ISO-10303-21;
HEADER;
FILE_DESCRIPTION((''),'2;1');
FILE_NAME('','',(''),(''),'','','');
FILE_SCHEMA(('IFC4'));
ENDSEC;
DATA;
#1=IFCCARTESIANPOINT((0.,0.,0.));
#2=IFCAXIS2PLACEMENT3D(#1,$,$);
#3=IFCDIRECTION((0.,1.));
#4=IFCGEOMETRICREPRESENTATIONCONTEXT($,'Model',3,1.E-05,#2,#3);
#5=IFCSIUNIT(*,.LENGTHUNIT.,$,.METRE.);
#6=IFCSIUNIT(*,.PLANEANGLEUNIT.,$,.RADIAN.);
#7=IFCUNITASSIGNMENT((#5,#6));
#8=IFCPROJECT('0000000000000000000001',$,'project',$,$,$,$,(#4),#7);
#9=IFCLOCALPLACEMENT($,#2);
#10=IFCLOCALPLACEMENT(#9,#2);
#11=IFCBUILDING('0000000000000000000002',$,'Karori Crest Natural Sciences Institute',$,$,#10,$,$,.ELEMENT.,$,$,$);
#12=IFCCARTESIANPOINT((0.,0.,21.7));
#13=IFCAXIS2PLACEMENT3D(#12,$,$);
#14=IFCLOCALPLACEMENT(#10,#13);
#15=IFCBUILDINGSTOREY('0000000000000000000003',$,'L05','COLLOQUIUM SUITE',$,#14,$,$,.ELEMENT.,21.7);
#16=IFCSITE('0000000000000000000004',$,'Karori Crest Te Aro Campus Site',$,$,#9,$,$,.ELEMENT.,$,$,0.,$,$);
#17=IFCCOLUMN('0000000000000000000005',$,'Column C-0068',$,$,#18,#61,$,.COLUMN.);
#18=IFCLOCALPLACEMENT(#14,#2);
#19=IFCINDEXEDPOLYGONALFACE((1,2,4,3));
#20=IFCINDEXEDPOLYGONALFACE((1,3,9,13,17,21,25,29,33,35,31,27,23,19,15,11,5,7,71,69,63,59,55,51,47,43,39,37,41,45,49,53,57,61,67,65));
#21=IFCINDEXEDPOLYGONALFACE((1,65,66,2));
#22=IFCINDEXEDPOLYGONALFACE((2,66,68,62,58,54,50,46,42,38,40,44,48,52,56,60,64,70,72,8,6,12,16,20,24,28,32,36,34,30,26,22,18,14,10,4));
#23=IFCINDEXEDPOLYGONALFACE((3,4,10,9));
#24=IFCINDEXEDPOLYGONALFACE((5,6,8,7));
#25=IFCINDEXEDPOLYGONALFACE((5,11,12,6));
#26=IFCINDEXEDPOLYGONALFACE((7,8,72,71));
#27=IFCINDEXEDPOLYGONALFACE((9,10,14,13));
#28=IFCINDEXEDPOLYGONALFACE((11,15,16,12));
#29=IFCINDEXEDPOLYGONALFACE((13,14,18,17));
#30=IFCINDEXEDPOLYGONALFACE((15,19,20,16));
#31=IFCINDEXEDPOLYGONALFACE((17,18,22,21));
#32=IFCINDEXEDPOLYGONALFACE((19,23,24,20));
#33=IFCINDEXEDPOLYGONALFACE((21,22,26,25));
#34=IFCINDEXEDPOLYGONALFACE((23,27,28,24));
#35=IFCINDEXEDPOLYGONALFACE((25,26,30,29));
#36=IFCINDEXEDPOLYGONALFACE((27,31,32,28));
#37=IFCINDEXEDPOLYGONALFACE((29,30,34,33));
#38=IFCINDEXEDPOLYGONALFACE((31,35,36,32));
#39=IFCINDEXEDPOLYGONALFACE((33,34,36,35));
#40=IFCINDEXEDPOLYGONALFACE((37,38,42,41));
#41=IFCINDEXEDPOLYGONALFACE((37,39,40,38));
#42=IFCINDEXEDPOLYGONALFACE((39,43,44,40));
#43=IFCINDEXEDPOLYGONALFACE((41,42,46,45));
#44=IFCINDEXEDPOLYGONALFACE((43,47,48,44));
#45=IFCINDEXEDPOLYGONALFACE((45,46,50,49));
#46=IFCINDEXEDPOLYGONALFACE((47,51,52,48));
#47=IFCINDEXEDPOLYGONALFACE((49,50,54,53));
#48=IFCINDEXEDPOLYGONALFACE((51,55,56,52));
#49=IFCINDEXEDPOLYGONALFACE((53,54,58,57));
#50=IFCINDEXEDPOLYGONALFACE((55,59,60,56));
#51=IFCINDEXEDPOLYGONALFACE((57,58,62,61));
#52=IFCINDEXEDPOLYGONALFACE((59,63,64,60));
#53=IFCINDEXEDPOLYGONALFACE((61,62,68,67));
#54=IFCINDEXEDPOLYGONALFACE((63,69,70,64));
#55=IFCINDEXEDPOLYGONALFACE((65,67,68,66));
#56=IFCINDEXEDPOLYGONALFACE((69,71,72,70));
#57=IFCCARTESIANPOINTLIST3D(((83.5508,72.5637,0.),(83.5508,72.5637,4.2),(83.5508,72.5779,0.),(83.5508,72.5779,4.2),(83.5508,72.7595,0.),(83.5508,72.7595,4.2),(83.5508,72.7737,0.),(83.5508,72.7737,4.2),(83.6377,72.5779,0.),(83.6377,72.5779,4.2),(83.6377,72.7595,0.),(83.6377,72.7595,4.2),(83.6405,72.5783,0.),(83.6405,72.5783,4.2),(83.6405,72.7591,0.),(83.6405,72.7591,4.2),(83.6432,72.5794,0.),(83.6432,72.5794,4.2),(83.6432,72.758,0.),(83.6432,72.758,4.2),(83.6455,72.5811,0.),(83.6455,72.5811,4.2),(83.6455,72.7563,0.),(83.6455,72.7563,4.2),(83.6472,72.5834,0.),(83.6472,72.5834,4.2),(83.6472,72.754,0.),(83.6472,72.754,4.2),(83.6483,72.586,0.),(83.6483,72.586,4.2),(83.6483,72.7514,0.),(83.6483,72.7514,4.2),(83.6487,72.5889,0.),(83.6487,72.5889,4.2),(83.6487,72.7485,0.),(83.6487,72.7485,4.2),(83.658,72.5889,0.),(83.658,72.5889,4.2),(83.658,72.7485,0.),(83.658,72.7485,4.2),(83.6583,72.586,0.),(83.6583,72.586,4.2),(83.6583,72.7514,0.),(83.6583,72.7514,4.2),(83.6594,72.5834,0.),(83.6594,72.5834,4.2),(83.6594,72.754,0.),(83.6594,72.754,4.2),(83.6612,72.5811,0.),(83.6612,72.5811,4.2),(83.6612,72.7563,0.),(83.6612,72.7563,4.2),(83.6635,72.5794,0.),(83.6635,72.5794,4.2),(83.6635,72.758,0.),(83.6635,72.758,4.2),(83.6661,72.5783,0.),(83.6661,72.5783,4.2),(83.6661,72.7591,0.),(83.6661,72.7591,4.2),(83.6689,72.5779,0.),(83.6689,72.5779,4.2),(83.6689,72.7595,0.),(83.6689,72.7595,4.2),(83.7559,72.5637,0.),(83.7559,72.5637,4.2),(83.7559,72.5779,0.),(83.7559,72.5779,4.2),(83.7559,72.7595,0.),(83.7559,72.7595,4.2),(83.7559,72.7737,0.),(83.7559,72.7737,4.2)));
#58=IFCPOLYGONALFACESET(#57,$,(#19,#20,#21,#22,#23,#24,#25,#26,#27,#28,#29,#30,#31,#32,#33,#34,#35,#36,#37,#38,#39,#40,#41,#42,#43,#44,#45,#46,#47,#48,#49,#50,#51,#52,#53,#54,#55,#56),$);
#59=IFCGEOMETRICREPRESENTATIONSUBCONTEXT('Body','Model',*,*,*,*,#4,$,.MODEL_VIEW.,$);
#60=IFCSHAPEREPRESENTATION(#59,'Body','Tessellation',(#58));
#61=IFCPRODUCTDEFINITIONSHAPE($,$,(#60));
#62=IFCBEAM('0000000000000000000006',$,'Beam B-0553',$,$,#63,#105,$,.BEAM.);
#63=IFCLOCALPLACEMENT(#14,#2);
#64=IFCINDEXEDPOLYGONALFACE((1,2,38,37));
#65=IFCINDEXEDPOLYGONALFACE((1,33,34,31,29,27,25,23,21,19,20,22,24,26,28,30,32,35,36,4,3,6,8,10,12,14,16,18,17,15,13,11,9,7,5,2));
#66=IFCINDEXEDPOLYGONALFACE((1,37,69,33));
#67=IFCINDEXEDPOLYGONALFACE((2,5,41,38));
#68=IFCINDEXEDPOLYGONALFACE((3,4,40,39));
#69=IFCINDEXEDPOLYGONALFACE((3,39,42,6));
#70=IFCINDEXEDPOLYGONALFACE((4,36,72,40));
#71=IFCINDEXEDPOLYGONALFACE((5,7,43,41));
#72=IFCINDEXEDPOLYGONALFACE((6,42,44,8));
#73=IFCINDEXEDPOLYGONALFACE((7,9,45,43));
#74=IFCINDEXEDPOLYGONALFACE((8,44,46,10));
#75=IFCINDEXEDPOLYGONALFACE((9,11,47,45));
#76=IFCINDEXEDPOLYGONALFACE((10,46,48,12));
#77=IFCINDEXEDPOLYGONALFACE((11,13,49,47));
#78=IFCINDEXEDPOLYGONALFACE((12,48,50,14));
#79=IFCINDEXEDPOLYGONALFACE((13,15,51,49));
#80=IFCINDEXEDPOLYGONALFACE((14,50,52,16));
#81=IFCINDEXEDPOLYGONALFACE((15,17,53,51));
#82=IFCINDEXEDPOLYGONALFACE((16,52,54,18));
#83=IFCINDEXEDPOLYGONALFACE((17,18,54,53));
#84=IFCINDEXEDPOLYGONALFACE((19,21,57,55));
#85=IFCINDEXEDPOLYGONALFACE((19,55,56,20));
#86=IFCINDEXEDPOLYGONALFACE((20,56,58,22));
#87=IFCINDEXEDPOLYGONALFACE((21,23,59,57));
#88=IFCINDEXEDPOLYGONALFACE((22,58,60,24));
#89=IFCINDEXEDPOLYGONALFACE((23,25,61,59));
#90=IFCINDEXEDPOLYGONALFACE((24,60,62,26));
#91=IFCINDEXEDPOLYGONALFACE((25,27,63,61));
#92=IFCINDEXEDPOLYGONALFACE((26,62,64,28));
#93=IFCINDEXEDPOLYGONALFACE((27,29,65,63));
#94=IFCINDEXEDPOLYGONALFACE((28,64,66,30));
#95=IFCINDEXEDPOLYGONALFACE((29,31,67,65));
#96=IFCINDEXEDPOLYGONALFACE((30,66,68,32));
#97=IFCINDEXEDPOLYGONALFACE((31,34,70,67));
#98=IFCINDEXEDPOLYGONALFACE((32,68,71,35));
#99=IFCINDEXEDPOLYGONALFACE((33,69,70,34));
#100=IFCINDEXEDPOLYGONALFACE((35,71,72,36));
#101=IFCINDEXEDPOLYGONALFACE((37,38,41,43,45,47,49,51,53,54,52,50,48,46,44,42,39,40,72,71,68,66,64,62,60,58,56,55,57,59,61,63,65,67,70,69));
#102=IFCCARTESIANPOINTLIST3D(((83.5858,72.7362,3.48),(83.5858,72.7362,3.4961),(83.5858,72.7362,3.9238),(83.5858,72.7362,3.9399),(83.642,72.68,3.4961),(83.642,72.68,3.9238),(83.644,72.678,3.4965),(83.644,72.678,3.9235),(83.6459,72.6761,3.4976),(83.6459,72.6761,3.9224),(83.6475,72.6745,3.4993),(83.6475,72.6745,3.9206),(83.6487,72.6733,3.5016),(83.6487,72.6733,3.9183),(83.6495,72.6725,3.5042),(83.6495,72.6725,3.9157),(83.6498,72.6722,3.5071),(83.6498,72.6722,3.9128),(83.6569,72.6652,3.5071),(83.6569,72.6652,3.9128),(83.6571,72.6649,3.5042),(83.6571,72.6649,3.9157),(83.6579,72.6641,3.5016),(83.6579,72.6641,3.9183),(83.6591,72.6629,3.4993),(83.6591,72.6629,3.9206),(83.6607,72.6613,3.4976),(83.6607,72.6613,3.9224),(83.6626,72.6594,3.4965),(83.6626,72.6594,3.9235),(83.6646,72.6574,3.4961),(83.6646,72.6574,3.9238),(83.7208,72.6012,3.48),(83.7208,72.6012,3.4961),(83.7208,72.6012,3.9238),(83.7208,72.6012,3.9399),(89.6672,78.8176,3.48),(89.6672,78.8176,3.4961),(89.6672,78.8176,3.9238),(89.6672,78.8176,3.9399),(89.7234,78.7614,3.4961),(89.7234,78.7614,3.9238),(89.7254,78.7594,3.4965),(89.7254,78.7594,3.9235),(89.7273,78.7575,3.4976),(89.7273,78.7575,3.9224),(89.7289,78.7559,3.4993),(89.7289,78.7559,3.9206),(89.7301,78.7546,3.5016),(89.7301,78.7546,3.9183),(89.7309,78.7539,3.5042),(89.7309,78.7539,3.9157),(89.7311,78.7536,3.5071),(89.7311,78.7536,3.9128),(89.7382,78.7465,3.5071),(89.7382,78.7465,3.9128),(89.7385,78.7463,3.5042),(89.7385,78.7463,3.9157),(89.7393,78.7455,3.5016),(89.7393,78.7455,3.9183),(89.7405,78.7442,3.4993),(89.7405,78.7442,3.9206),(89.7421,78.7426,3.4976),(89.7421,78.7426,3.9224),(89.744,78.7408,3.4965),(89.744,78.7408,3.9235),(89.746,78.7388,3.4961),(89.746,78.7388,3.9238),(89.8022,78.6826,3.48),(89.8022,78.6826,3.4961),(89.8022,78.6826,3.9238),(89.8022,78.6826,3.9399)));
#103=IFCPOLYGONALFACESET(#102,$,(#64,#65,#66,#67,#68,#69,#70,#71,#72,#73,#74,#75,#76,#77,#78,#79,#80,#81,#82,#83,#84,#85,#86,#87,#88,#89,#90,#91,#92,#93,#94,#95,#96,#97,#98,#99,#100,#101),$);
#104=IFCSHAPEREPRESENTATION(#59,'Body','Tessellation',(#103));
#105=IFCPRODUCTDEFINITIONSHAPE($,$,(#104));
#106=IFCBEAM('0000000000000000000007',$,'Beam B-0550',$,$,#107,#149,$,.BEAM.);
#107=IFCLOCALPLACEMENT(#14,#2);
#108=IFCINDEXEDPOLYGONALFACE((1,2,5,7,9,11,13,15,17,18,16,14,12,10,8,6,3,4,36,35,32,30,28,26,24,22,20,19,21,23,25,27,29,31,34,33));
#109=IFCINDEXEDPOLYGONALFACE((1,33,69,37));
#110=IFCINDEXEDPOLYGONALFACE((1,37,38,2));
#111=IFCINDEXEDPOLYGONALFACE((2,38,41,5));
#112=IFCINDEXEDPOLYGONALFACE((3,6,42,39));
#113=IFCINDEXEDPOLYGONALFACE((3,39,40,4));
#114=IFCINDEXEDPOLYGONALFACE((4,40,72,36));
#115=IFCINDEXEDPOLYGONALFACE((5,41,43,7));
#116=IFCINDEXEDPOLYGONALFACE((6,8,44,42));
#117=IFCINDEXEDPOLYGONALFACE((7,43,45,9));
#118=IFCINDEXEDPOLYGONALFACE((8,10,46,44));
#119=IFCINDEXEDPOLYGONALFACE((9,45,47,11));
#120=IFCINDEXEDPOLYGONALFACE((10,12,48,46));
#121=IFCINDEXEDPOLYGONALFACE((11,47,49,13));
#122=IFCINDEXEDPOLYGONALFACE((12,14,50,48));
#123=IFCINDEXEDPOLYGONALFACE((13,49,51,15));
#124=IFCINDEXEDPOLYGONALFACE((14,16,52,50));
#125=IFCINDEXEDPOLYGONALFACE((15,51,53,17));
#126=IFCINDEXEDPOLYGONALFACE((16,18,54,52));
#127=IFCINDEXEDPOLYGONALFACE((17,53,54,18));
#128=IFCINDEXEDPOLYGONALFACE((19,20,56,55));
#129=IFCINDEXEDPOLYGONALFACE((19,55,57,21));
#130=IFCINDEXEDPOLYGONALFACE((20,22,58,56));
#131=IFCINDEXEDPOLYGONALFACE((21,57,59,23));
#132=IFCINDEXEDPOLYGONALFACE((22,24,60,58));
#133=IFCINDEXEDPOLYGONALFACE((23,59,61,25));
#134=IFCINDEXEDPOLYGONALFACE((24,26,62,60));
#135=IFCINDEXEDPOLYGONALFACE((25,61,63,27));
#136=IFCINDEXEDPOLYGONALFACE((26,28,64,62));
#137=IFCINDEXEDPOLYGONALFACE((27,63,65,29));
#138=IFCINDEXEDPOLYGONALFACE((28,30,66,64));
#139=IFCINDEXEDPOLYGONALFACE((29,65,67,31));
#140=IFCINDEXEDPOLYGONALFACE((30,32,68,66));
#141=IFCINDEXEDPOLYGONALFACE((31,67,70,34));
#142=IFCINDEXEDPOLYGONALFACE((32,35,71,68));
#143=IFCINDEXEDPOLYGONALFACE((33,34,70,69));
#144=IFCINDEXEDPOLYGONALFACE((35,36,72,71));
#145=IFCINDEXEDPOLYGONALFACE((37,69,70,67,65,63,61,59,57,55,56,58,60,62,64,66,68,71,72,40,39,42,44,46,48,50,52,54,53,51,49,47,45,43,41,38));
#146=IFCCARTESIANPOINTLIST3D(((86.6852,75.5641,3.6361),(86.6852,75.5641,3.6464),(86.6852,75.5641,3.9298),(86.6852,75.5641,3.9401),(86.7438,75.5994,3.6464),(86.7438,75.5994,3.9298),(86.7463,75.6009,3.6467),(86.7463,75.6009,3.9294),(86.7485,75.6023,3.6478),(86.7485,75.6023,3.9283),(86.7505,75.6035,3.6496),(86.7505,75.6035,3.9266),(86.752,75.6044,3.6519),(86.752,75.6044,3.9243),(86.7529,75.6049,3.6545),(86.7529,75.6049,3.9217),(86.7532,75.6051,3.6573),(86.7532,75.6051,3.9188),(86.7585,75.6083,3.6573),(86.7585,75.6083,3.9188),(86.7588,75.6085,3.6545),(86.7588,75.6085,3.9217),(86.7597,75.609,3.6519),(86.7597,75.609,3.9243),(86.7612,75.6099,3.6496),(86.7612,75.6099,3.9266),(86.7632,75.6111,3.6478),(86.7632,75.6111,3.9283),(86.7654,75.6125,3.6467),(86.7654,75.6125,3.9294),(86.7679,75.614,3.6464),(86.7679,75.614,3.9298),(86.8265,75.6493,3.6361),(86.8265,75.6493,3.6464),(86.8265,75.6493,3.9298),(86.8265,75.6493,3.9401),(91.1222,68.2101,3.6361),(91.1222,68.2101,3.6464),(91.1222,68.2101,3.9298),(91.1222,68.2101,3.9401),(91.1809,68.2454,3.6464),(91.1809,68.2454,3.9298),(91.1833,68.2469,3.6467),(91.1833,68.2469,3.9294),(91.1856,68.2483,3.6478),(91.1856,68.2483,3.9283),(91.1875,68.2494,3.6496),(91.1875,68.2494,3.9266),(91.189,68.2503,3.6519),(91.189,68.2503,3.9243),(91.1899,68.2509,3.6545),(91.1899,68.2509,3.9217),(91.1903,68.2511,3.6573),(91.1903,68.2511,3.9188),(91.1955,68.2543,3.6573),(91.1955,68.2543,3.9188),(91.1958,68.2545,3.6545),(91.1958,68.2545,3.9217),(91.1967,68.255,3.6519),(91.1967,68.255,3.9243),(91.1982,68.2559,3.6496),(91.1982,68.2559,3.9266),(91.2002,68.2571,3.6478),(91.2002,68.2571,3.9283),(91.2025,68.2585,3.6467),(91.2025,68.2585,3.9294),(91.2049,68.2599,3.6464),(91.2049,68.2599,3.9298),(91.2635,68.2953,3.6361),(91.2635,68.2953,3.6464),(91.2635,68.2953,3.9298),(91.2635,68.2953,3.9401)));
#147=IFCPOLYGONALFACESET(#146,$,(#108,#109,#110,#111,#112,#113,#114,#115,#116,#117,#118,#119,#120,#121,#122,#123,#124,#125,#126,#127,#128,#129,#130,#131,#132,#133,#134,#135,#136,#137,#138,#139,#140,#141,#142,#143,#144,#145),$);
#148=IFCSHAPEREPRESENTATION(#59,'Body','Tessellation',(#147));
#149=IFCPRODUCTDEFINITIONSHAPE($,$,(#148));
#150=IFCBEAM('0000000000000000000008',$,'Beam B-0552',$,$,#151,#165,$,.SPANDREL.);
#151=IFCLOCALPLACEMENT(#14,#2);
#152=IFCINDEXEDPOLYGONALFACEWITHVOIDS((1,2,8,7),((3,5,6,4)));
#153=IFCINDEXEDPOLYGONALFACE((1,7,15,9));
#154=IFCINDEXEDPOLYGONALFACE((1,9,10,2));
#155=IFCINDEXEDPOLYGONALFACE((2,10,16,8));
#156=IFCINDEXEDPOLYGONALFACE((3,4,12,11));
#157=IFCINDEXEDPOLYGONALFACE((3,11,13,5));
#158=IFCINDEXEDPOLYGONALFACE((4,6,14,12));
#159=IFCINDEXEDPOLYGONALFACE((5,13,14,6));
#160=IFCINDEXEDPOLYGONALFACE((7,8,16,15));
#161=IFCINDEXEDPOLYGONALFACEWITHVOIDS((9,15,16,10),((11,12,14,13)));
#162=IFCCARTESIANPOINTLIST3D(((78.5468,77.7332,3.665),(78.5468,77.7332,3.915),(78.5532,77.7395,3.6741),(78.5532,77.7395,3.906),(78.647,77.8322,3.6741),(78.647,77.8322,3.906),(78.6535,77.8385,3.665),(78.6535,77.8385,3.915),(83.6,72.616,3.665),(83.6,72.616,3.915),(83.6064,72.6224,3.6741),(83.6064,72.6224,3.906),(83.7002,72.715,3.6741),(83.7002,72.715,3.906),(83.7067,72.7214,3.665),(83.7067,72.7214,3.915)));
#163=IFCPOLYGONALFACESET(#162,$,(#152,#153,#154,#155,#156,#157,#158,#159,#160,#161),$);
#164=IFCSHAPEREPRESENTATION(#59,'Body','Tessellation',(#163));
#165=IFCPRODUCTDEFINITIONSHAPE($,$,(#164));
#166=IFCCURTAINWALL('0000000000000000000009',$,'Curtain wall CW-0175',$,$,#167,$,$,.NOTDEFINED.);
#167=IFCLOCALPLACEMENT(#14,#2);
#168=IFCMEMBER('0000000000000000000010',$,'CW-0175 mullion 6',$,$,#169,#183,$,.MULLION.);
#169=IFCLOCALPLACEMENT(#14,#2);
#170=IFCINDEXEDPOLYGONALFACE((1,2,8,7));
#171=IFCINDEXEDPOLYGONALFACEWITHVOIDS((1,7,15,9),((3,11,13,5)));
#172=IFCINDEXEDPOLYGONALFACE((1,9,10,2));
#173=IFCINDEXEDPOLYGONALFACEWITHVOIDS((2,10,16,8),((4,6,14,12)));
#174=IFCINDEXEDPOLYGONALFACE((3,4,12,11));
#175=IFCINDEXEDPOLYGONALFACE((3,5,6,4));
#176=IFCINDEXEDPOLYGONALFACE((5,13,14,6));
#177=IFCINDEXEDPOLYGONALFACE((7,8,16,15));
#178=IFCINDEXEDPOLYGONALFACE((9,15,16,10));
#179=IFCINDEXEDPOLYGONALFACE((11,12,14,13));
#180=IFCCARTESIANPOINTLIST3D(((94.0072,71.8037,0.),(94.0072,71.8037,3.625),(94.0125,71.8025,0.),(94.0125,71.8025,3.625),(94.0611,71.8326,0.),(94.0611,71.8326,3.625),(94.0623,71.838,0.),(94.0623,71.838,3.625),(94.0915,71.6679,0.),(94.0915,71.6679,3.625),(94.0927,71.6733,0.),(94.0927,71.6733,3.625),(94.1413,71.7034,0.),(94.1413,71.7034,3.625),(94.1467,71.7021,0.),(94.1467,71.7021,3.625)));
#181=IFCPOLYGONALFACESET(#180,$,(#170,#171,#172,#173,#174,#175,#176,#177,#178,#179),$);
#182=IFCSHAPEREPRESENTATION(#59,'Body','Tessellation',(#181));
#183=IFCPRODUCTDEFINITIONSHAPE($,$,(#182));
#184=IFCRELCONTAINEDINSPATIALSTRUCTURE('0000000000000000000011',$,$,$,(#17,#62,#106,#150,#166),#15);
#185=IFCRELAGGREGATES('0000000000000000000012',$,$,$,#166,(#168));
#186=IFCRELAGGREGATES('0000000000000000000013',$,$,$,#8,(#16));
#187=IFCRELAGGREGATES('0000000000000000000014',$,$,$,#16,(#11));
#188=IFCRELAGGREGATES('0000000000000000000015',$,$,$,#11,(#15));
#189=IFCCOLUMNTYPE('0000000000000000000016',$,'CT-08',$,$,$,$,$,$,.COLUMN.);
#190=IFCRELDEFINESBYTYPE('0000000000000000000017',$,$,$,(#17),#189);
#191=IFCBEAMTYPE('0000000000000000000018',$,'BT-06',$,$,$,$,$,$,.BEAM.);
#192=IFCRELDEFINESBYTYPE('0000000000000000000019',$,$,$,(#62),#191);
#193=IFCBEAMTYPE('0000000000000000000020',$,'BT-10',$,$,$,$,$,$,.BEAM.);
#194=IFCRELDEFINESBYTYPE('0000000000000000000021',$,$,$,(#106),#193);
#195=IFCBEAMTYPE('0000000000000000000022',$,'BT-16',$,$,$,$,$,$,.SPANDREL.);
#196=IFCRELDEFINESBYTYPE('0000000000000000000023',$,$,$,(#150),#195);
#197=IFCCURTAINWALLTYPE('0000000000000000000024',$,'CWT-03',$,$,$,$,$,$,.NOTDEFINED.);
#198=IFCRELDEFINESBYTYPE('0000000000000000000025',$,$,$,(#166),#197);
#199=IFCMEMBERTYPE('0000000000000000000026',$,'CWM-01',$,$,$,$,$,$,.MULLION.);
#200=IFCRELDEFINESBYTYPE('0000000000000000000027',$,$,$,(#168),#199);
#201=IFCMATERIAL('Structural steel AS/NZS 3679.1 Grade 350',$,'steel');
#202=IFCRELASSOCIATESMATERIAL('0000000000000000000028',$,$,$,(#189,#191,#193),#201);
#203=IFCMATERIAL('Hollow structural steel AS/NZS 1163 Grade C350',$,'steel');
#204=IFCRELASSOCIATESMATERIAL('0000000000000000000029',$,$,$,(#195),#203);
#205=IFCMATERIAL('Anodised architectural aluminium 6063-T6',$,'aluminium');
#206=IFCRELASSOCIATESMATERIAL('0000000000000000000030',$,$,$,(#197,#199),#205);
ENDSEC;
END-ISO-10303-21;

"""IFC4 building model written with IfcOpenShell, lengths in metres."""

from ifc_helpers import new_model, si_unit, direction, frame, origin, origin_2d, place, context, subcontext, project, spatial, hollow_rectangle, i_section, extrude, material, material_profile, profile_set, type_object, element, aggregate, save


model = new_model("IFC4")

# Units and contexts
model_context = context("Model", 3, precision=1e-05, world=origin(), true_north=direction((0.0, 1.0)))
body_context = subcontext(model_context, "Body", "Model", "MODEL_VIEW")
ifc_project = project(units=[si_unit("LENGTHUNIT", "METRE"), si_unit("PLANEANGLEUNIT", "RADIAN")], contexts=[model_context])

# Site, building, storey
site_placement = place(None, origin())
site = spatial("IfcSite", under=ifc_project, at=site_placement, Name="Karori Crest Te Aro Campus Site", CompositionType="ELEMENT", RefElevation=0.0)
building_placement = place(site_placement, origin())
building = spatial("IfcBuilding", under=site, at=building_placement, Name="Karori Crest Natural Sciences Institute", CompositionType="ELEMENT")
storey_placement = place(building_placement, frame((0.0, 0.0, 21.7)))
storey = spatial("IfcBuildingStorey", under=building, at=storey_placement, Name="L05", Description="COLLOQUIUM SUITE", CompositionType="ELEMENT", Elevation=21.7)

# Column
ifc_material_1 = material(Name="Structural steel AS/NZS 3679.1 Grade 350", Category="steel")
ifc_material_profile_1 = material_profile(ifc_material_1, i_section(OverallWidth=0.2051, OverallDepth=0.21, WebThickness=0.0093, FlangeThickness=0.0142, FilletRadius=0.011, at=origin_2d()), Name="200UC59.5")
ifc_profile_set_1 = profile_set([ifc_material_profile_1], Name="Structural steel AS/NZS 3679.1 Grade 350")
column_type = type_object("IfcColumnType", Name="CT-08", PredefinedType="COLUMN", material=ifc_profile_set_1)
column_placement = place(storey_placement, frame((83.6533, 72.6687, 0.0), z_axis=(0.0, 0.0, 1.0), x_axis=(1.0, 0.0, 0.0)))
element("IfcColumn", 1, at=column_placement, inside=storey, type_object=column_type, Name="Column C-0068", PredefinedType="COLUMN", context=body_context, shape_type="SweptSolid", body=[
    extrude(i_section(OverallWidth=0.2051, OverallDepth=0.21, WebThickness=0.0093, FlangeThickness=0.0142, FilletRadius=0.011, at=origin_2d()), origin(), (0.0, 0.0, 1.0), 4.2),
])

# Beams
ifc_material_profile_2 = material_profile(ifc_material_1, i_section(OverallWidth=0.1909, OverallDepth=0.46, WebThickness=0.01, FlangeThickness=0.0161, FilletRadius=0.011, at=origin_2d()), Name="460UB82.1")
ifc_profile_set_2 = profile_set([ifc_material_profile_2], Name="Structural steel AS/NZS 3679.1 Grade 350")
beam_type_1 = type_object("IfcBeamType", Name="BT-06", PredefinedType="BEAM", material=ifc_profile_set_2)
beam_1_placement = place(storey_placement, frame((83.6533, 72.6687, 3.71), z_axis=(0.707107, 0.707107, 0.0), x_axis=(-0.707107, 0.707107, 0.0)))
element("IfcBeam", 2, at=beam_1_placement, inside=storey, type_object=beam_type_1, Name="Beam B-0553", PredefinedType="BEAM", context=body_context, shape_type="SweptSolid", body=[
    extrude(i_section(OverallWidth=0.1909, OverallDepth=0.46, WebThickness=0.01, FlangeThickness=0.0161, FilletRadius=0.011, at=origin_2d()), origin(), (0.0, 0.0, 1.0), 8.6003),
])
ifc_material_profile_3 = material_profile(ifc_material_1, i_section(OverallWidth=0.165, OverallDepth=0.304, WebThickness=0.0061, FlangeThickness=0.0103, FilletRadius=0.011, at=origin_2d()), Name="310UB40.4")
ifc_profile_set_3 = profile_set([ifc_material_profile_3], Name="Structural steel AS/NZS 3679.1 Grade 350")
beam_type_2 = type_object("IfcBeamType", Name="BT-10", PredefinedType="BEAM", material=ifc_profile_set_3)
beam_2_placement = place(storey_placement, frame((91.1929, 68.2527, 3.7881), z_axis=(-0.516601, 0.856226, 0.0), x_axis=(-0.856226, -0.516601, 0.0)))
element("IfcBeam", 3, at=beam_2_placement, inside=storey, type_object=beam_type_2, Name="Beam B-0550", PredefinedType="BEAM", context=body_context, shape_type="SweptSolid", body=[
    extrude(i_section(OverallWidth=0.165, OverallDepth=0.304, WebThickness=0.0061, FlangeThickness=0.0103, FilletRadius=0.011, at=origin_2d()), origin(), (0.0, 0.0, 1.0), 8.5889),
])
ifc_material_2 = material(Name="Hollow structural steel AS/NZS 1163 Grade C350", Category="steel")
ifc_material_profile_4 = material_profile(ifc_material_2, hollow_rectangle(XDim=0.1499, YDim=0.25, WallThickness=0.009, at=origin_2d()), Name="RHS250x150x9")
ifc_profile_set_4 = profile_set([ifc_material_profile_4], Name="Hollow structural steel AS/NZS 1163 Grade C350")
beam_type_3 = type_object("IfcBeamType", Name="BT-16", PredefinedType="SPANDREL", material=ifc_profile_set_4)
beam_3_placement = place(storey_placement, frame((83.6533, 72.6687, 3.79), z_axis=(-0.702646, 0.71154, 0.0), x_axis=(-0.71154, -0.702646, 0.0)))
element("IfcBeam", 4, at=beam_3_placement, inside=storey, type_object=beam_type_3, Name="Beam B-0552", PredefinedType="SPANDREL", context=body_context, shape_type="SweptSolid", body=[
    extrude(hollow_rectangle(XDim=0.1499, YDim=0.25, WallThickness=0.009, at=origin_2d()), origin(), (0.0, 0.0, 1.0), 7.1917),
])

# Curtain wall, member
ifc_material_3 = material(Name="Anodised architectural aluminium 6063-T6", Category="aluminium")
curtain_wall_type_1 = type_object("IfcCurtainWallType", Name="CWT-03", PredefinedType="NOTDEFINED", material=ifc_material_3)
curtain_wall_1_placement = place(storey_placement, origin())
curtain_wall_1 = element("IfcCurtainWall", 5, at=curtain_wall_1_placement, inside=storey, type_object=curtain_wall_type_1, Name="Curtain wall CW-0175", PredefinedType="NOTDEFINED")
ifc_material_profile_5 = material_profile(ifc_material_3, hollow_rectangle(XDim=0.0649, YDim=0.1599, WallThickness=0.0039, at=origin_2d()), Name="CWM160x65x4")
ifc_profile_set_5 = profile_set([ifc_material_profile_5], Name="Anodised architectural aluminium 6063-T6")
member_type_1 = type_object("IfcMemberType", Name="CWM-01", PredefinedType="MULLION", material=ifc_profile_set_5)
member_1_placement = place(storey_placement, frame((94.0769, 71.7529, 0.0), z_axis=(0.0, 0.0, 1.0), x_axis=(0.849662, 0.527328, 0.0)))
member_1 = element("IfcMember", 6, at=member_1_placement, type_object=member_type_1, Name="CW-0175 mullion 6", PredefinedType="MULLION", context=body_context, shape_type="SweptSolid", body=[
    extrude(hollow_rectangle(XDim=0.0649, YDim=0.1599, WallThickness=0.0039, at=origin_2d()), origin(), (0.0, 0.0, 1.0), 3.625),
])

aggregate(curtain_wall_1, [member_1])

save(model, "model.ifc")
